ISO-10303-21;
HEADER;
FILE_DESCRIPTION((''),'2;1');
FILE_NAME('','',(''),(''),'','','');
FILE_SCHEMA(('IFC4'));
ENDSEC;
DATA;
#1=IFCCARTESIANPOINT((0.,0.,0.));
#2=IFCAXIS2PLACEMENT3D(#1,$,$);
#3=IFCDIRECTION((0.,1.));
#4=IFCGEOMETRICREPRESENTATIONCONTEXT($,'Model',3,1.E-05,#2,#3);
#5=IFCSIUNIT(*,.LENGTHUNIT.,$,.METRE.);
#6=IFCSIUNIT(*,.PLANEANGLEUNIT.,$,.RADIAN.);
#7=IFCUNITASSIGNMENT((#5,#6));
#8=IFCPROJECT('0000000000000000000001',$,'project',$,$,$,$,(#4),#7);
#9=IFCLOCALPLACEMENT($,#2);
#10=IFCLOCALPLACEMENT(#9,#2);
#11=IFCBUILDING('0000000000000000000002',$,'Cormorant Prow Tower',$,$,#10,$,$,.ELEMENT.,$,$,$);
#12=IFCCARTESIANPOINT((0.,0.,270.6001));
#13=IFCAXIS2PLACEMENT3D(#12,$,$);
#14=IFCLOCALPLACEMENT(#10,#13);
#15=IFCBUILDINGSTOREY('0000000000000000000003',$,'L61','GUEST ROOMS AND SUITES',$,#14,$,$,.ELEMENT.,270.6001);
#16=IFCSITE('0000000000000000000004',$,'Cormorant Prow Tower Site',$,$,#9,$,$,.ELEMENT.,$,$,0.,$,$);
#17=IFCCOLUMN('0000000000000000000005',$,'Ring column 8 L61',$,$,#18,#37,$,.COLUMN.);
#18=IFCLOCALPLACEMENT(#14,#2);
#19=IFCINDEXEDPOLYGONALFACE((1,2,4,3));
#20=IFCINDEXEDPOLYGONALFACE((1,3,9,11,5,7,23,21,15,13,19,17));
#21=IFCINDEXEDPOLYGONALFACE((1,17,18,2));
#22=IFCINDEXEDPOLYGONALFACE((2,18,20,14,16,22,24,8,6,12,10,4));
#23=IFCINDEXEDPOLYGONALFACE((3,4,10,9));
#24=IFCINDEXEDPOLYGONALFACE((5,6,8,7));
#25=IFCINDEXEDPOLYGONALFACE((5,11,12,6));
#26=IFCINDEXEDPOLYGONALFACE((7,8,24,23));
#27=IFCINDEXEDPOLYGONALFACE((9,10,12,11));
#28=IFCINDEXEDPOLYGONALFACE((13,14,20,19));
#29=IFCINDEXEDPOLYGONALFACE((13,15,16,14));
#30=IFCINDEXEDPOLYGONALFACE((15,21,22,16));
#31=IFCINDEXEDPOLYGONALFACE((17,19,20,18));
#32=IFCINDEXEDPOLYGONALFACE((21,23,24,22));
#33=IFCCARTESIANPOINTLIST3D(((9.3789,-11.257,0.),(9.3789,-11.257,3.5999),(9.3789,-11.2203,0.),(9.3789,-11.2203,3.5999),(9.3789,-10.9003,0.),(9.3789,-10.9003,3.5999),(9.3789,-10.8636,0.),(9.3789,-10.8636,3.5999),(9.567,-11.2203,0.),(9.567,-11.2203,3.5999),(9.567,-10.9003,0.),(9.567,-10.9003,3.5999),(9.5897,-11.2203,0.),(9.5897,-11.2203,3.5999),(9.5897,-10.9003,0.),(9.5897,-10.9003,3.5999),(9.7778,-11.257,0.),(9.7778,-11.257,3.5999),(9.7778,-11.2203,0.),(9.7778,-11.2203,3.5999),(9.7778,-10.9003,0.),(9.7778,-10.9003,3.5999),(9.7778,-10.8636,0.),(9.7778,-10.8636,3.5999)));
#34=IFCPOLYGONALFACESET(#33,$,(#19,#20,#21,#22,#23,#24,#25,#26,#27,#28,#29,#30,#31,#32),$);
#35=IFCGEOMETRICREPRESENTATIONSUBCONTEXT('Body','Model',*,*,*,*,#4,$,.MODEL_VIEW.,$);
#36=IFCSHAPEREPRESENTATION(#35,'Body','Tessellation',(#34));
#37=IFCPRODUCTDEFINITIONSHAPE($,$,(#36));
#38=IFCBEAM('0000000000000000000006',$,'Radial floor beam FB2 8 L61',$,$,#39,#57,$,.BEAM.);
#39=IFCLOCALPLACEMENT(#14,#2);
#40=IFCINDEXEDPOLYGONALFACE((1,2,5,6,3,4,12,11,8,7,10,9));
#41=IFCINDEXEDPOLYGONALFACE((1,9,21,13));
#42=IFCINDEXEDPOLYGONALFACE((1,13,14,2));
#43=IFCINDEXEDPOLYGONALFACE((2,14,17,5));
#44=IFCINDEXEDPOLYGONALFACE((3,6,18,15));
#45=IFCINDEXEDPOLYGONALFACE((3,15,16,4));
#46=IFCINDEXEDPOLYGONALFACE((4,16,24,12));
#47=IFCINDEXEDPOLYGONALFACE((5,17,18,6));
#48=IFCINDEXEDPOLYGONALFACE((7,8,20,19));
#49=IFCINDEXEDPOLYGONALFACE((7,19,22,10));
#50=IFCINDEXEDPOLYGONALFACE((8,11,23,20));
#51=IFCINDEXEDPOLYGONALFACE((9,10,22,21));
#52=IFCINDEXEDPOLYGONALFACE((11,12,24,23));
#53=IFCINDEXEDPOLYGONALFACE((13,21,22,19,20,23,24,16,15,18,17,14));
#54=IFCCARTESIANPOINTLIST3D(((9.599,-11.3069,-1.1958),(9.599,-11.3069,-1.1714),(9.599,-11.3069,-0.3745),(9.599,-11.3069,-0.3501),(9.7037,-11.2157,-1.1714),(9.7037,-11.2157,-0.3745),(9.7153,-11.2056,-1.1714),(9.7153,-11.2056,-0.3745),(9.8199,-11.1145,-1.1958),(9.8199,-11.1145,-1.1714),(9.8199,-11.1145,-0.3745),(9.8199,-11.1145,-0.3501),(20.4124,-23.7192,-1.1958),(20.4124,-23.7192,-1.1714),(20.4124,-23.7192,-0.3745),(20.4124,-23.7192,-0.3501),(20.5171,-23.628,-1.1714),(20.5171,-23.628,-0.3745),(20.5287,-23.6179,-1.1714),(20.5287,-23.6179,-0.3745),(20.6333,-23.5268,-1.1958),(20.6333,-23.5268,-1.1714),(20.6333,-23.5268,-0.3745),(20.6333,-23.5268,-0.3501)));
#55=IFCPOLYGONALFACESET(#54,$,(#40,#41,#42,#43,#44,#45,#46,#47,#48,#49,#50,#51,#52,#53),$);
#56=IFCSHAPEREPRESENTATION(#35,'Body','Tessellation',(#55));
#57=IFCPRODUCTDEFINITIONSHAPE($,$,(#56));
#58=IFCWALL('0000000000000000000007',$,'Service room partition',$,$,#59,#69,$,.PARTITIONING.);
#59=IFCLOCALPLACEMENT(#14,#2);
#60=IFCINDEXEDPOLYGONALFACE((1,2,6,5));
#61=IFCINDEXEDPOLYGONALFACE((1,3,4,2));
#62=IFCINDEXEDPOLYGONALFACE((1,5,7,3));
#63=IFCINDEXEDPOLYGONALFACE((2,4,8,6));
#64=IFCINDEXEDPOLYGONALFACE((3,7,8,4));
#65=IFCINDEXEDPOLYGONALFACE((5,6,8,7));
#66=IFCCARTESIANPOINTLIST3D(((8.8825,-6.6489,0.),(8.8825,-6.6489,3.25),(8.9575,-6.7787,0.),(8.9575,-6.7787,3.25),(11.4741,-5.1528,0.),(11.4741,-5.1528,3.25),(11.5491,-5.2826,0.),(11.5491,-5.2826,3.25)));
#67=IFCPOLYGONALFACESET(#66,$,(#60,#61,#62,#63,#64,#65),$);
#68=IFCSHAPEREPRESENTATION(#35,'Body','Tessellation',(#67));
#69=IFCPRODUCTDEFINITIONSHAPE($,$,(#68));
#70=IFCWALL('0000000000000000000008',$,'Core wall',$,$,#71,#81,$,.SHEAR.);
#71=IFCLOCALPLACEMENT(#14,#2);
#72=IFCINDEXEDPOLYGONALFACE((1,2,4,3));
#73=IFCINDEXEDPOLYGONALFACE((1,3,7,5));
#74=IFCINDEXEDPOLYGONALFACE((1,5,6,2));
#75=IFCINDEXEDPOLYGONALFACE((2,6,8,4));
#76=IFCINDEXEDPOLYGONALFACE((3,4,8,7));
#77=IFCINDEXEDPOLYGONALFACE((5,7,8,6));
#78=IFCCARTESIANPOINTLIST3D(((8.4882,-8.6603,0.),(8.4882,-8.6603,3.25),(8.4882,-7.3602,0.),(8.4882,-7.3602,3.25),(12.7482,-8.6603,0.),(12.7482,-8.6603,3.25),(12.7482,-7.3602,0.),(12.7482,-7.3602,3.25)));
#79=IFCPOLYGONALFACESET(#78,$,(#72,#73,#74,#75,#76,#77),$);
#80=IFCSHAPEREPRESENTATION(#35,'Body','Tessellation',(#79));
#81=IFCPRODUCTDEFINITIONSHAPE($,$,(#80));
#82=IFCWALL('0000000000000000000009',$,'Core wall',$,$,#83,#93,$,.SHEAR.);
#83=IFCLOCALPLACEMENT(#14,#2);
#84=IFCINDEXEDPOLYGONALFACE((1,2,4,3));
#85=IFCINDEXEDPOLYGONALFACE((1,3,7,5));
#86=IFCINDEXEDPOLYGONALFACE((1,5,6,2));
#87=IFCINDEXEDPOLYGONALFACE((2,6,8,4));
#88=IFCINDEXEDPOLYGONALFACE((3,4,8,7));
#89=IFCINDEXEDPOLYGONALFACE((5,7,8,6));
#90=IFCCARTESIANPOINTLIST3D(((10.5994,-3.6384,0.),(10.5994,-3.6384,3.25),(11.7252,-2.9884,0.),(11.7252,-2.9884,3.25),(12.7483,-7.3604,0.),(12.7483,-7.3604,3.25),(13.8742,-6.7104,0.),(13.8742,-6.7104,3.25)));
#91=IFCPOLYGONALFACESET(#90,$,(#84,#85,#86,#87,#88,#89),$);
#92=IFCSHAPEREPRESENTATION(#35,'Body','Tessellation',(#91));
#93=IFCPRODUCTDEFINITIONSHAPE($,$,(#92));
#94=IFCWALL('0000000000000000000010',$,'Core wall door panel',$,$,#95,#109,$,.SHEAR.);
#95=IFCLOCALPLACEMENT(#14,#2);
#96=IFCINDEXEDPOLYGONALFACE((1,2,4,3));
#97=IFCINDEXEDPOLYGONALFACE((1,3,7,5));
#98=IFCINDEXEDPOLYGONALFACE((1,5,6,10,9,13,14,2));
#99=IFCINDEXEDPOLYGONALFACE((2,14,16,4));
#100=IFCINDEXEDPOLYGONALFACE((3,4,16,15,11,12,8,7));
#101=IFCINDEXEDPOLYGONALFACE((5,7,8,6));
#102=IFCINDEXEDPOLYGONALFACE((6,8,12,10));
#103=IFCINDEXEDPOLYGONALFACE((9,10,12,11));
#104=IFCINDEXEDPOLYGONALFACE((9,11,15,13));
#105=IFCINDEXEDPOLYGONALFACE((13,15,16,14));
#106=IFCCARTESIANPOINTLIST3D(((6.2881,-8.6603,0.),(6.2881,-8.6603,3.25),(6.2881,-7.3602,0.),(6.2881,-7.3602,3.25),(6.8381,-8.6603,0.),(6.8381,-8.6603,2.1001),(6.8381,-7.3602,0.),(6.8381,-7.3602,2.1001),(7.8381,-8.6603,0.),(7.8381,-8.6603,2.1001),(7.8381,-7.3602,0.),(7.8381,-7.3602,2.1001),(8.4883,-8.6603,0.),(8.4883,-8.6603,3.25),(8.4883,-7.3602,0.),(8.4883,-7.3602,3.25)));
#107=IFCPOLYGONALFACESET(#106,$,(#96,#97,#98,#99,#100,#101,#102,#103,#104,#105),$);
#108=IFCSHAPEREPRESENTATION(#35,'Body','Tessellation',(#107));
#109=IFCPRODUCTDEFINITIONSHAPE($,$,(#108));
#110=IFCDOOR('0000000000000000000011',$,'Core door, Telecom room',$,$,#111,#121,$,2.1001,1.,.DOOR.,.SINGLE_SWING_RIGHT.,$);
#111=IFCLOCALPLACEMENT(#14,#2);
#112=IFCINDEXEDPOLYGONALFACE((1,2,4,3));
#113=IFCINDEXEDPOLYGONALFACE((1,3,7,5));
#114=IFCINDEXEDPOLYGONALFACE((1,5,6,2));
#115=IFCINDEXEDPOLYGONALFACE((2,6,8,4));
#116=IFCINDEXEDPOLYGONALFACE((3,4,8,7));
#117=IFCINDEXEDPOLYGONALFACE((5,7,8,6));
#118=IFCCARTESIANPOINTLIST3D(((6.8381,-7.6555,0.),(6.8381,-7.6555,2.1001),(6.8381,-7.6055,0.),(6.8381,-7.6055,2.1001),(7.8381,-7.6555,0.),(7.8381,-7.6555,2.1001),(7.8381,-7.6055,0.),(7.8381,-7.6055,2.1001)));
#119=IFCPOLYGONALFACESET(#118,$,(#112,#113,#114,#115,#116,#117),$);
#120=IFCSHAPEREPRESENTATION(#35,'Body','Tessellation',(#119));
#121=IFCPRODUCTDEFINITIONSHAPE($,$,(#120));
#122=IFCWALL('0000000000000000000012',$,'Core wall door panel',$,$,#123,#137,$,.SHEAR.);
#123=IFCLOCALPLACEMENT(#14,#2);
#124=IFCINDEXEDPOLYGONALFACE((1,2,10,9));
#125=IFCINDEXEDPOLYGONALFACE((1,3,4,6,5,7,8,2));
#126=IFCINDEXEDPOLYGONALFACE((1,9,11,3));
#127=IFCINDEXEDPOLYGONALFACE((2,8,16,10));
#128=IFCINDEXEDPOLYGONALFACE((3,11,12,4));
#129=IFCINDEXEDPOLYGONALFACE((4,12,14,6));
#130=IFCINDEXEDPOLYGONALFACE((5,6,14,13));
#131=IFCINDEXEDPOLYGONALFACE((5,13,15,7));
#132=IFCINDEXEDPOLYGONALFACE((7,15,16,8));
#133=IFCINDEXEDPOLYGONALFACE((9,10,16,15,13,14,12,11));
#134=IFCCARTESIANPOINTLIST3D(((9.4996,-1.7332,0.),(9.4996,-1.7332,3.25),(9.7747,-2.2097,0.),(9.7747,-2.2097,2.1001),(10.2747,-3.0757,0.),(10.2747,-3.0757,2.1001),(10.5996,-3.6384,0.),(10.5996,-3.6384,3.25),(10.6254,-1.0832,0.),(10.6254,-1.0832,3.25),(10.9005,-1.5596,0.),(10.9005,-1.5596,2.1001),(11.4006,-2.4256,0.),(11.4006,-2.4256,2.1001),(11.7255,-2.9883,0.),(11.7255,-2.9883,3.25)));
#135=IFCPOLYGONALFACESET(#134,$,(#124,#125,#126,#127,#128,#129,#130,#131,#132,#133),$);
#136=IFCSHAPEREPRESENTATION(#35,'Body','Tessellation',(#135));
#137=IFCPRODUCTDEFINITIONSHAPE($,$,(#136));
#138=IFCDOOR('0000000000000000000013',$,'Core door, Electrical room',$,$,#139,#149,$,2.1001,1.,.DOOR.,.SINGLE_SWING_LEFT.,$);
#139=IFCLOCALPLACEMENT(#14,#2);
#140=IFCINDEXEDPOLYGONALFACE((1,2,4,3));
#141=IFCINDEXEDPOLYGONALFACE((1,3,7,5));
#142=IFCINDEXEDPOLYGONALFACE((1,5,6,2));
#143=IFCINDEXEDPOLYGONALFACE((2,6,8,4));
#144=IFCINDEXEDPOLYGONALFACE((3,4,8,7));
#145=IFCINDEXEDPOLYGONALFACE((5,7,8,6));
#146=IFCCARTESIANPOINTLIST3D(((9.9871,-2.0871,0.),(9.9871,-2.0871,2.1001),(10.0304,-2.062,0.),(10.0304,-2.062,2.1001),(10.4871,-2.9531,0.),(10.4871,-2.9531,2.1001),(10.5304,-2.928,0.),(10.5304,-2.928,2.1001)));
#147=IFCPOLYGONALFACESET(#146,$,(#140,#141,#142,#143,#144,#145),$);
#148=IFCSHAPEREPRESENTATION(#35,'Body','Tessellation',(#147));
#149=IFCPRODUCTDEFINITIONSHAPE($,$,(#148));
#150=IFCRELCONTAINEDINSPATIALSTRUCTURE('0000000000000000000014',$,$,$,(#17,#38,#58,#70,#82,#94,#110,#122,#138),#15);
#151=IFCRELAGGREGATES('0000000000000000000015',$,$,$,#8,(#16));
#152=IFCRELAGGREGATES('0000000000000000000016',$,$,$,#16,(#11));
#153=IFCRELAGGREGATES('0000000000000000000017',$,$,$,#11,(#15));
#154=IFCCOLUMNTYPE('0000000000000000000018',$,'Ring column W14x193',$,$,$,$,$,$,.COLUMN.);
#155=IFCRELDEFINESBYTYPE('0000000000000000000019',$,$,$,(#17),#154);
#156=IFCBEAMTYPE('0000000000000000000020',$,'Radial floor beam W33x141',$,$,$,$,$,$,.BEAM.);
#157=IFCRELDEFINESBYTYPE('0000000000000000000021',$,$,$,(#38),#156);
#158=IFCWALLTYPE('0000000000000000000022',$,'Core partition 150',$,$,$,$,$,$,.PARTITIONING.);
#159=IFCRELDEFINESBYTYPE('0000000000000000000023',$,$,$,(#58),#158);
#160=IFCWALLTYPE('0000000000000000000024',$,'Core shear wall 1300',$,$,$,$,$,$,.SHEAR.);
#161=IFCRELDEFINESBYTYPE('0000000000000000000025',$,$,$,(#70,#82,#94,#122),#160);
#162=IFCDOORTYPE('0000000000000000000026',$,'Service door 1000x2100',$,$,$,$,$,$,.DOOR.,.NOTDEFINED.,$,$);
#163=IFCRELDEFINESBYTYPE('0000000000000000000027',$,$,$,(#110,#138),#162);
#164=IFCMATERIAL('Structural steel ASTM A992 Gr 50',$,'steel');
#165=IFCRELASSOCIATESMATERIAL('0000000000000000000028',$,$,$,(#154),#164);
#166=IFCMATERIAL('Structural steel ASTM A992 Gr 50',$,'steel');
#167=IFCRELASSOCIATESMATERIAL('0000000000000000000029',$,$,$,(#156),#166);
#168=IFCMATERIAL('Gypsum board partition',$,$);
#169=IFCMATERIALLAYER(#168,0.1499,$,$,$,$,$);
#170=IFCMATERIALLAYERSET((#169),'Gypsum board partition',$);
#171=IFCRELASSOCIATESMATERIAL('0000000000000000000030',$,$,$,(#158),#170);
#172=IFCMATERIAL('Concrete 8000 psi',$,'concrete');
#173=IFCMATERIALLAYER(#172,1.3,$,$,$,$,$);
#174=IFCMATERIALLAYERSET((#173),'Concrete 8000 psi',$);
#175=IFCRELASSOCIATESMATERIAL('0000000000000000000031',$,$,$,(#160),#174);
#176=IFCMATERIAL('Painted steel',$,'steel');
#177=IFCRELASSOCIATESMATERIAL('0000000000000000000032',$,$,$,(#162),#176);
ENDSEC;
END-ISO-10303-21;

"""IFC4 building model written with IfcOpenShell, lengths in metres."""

from ifc_helpers import new_model, si_unit, direction, frame, frame_2d, origin, origin_2d, place, context, subcontext, project, spatial, rectangle, i_section, extrude, material, layer, layer_set, material_profile, profile_set, type_object, element, fill, save


model = new_model("IFC4")

# Units and contexts
model_context = context("Model", 3, precision=1e-05, world=origin(), true_north=direction((0.0, 1.0)))
body_context = subcontext(model_context, "Body", "Model", "MODEL_VIEW")
ifc_project = project(units=[si_unit("LENGTHUNIT", "METRE"), si_unit("PLANEANGLEUNIT", "RADIAN")], contexts=[model_context])

# Site, building, storey
site_placement = place(None, origin())
site = spatial("IfcSite", under=ifc_project, at=site_placement, Name="Cormorant Prow Tower Site", CompositionType="ELEMENT", RefElevation=0.0)
building_placement = place(site_placement, origin())
building = spatial("IfcBuilding", under=site, at=building_placement, Name="Cormorant Prow Tower", CompositionType="ELEMENT")
storey_placement = place(building_placement, frame((0.0, 0.0, 270.6001)))
storey = spatial("IfcBuildingStorey", under=building, at=storey_placement, Name="L61", Description="GUEST ROOMS AND SUITES", CompositionType="ELEMENT", Elevation=270.6001)

# Column
ifc_material_1 = material(Name="Structural steel ASTM A992 Gr 50", Category="steel")
ifc_material_profile_1 = material_profile(ifc_material_1, i_section(OverallWidth=0.3989, OverallDepth=0.3933, WebThickness=0.0227, FlangeThickness=0.0366, at=origin_2d()), Name="W14x193")
ifc_profile_set_1 = profile_set([ifc_material_profile_1], Name="Structural steel ASTM A992 Gr 50")
column_type = type_object("IfcColumnType", Name="Ring column W14x193", PredefinedType="COLUMN", material=ifc_profile_set_1)
column_placement = place(storey_placement, frame((9.5784, -11.0603, 0.0), z_axis=(0.0, 0.0, 1.0), x_axis=(1.0, 0.0, 0.0)))
element("IfcColumn", 1, at=column_placement, inside=storey, type_object=column_type, Name="Ring column 8 L61", PredefinedType="COLUMN", context=body_context, shape_type="SweptSolid", body=[
    extrude(i_section(OverallWidth=0.3989, OverallDepth=0.3933, WebThickness=0.0227, FlangeThickness=0.0366, at=origin_2d()), origin(), (0.0, 0.0, 1.0), 3.5999),
])

# Beam
ifc_material_2 = material(Name="Structural steel ASTM A992 Gr 50", Category="steel")
ifc_material_profile_2 = material_profile(ifc_material_2, i_section(OverallWidth=0.293, OverallDepth=0.8457, WebThickness=0.0154, FlangeThickness=0.0244, at=origin_2d()), Name="W33x141")
ifc_profile_set_2 = profile_set([ifc_material_profile_2], Name="Structural steel ASTM A992 Gr 50")
beam_type = type_object("IfcBeamType", Name="Radial floor beam W33x141", PredefinedType="BEAM", material=ifc_profile_set_2)
beam_placement = place(storey_placement, frame((9.7095, -11.2107, -0.7729), z_axis=(0.656875, -0.754, 0.0), x_axis=(0.754, 0.656875, 0.0)))
element("IfcBeam", 2, at=beam_placement, inside=storey, type_object=beam_type, Name="Radial floor beam FB2 8 L61", PredefinedType="BEAM", context=body_context, shape_type="SweptSolid", body=[
    extrude(i_section(OverallWidth=0.293, OverallDepth=0.8457, WebThickness=0.0154, FlangeThickness=0.0244, at=origin_2d()), origin(), (0.0, 0.0, 1.0), 16.4619),
])

# Walls
ifc_material_3 = material(Name="Gypsum board partition")
ifc_layer_1 = layer(ifc_material_3, 0.1499)
ifc_layer_set_1 = layer_set([ifc_layer_1], Name="Gypsum board partition")
wall_type_1 = type_object("IfcWallType", Name="Core partition 150", PredefinedType="PARTITIONING", material=ifc_layer_set_1)
wall_1_placement = place(storey_placement, frame((11.5115, -5.2178, 0.0), z_axis=(0.0, 0.0, 1.0), x_axis=(-0.866046, -0.499965, 0.0)))
element("IfcWall", 3, at=wall_1_placement, inside=storey, type_object=wall_type_1, Name="Service room partition", PredefinedType="PARTITIONING", context=body_context, shape_type="SweptSolid", body=[
    extrude(rectangle(XDim=2.9924, YDim=0.1499, at=frame_2d((1.4961, 0.0))), origin(), (0.0, 0.0, 1.0), 3.25),
])
ifc_material_4 = material(Name="Concrete 8000 psi", Category="concrete")
ifc_layer_2 = layer(ifc_material_4, 1.3)
ifc_layer_set_2 = layer_set([ifc_layer_2], Name="Concrete 8000 psi")
wall_type_2 = type_object("IfcWallType", Name="Core shear wall 1300", PredefinedType="SHEAR", material=ifc_layer_set_2)
wall_2_placement = place(storey_placement, frame((8.4883, -8.0103, 0.0), z_axis=(0.0, 0.0, 1.0), x_axis=(1.0, 0.0, 0.0)))
element("IfcWall", 4, at=wall_2_placement, inside=storey, type_object=wall_type_2, Name="Core wall", PredefinedType="SHEAR", context=body_context, shape_type="SweptSolid", body=[
    extrude(rectangle(XDim=4.26, YDim=1.3, at=frame_2d((2.1299, 0.0))), origin(), (0.0, 0.0, 1.0), 3.25),
])
wall_3_placement = place(storey_placement, frame((13.3113, -7.0354, 0.0), z_axis=(0.0, 0.0, 1.0), x_axis=(-0.500013, 0.866018, 0.0)))
element("IfcWall", 5, at=wall_3_placement, inside=storey, type_object=wall_type_2, Name="Core wall", PredefinedType="SHEAR", context=body_context, shape_type="SweptSolid", body=[
    extrude(rectangle(XDim=4.2979, YDim=1.3, at=frame_2d((2.1489, 0.0))), origin(), (0.0, 0.0, 1.0), 3.25),
])

# Walls, openings, doors
wall_4_placement = place(storey_placement, frame((6.2881, -8.0103, 0.0), z_axis=(0.0, 0.0, 1.0), x_axis=(1.0, 0.0, 0.0)))
wall_4 = element("IfcWall", 6, at=wall_4_placement, inside=storey, type_object=wall_type_2, Name="Core wall door panel", PredefinedType="SHEAR", context=body_context, shape_type="SweptSolid", body=[
    extrude(rectangle(XDim=2.2002, YDim=1.3, at=frame_2d((1.1001, 0.0))), origin(), (0.0, 0.0, 1.0), 3.25),
])
opening_1_placement = place(wall_4_placement, frame((0.55, 0.0, 0.0)))
opening_1 = element("IfcOpeningElement", 7, at=opening_1_placement, cuts=wall_4, PredefinedType="OPENING", context=body_context, shape_type="SweptSolid", body=[
    extrude(rectangle(XDim=1.0, YDim=2.1001, at=frame_2d((0.5, 1.05))), frame((0.0, 0.6599, 0.0), z_axis=(0.0, -1.0, 0.0), x_axis=(1.0, 0.0, 0.0)), (0.0, 0.0, 1.0), 1.3201),
])
ifc_material_5 = material(Name="Painted steel", Category="steel")
door_type_1 = type_object("IfcDoorType", Name="Service door 1000x2100", OperationType="NOTDEFINED", PredefinedType="DOOR", material=ifc_material_5)
door_1_placement = place(opening_1_placement, origin())
door_1 = element("IfcDoor", 8, at=door_1_placement, inside=storey, type_object=door_type_1, Name="Core door, Telecom room", OperationType="SINGLE_SWING_RIGHT", OverallHeight=2.1001, OverallWidth=1.0, PredefinedType="DOOR", context=body_context, shape_type="SweptSolid", body=[
    extrude(rectangle(XDim=1.0, YDim=2.1001, at=frame_2d((0.5, 1.05))), frame((0.0, 0.4048, 0.0), z_axis=(0.0, -1.0, 0.0), x_axis=(1.0, 0.0, 0.0)), (0.0, 0.0, 1.0), 0.05),
])
fill(opening_1, door_1)
wall_5_placement = place(storey_placement, frame((11.1626, -3.3135, 0.0), z_axis=(0.0, 0.0, 1.0), x_axis=(-0.50003, 0.866008, 0.0)))
wall_5 = element("IfcWall", 9, at=wall_5_placement, inside=storey, type_object=wall_type_2, Name="Core wall door panel", PredefinedType="SHEAR", context=body_context, shape_type="SweptSolid", body=[
    extrude(rectangle(XDim=2.2, YDim=1.3, at=frame_2d((1.1001, 0.0))), origin(), (0.0, 0.0, 1.0), 3.25),
])
opening_2_placement = place(wall_5_placement, frame((0.6499, 0.0, 0.0)))
opening_2 = element("IfcOpeningElement", 10, at=opening_2_placement, cuts=wall_5, PredefinedType="OPENING", context=body_context, shape_type="SweptSolid", body=[
    extrude(rectangle(XDim=1.0, YDim=2.1001, at=frame_2d((0.5, 1.05))), frame((0.0, 0.6599, 0.0), z_axis=(0.0, -1.0, 0.0), x_axis=(1.0, 0.0, 0.0)), (0.0, 0.0, 1.0), 1.3201),
])
door_2_placement = place(opening_2_placement, origin())
door_2 = element("IfcDoor", 11, at=door_2_placement, inside=storey, type_object=door_type_1, Name="Core door, Electrical room", OperationType="SINGLE_SWING_LEFT", OverallHeight=2.1001, OverallWidth=1.0, PredefinedType="DOOR", context=body_context, shape_type="SweptSolid", body=[
    extrude(rectangle(XDim=1.0, YDim=2.1001, at=frame_2d((0.5, 1.05))), frame((0.0, 0.4048, 0.0), z_axis=(0.0, -1.0, 0.0), x_axis=(1.0, 0.0, 0.0)), (0.0, 0.0, 1.0), 0.05),
])
fill(opening_2, door_2)

save(model, "model.ifc")
